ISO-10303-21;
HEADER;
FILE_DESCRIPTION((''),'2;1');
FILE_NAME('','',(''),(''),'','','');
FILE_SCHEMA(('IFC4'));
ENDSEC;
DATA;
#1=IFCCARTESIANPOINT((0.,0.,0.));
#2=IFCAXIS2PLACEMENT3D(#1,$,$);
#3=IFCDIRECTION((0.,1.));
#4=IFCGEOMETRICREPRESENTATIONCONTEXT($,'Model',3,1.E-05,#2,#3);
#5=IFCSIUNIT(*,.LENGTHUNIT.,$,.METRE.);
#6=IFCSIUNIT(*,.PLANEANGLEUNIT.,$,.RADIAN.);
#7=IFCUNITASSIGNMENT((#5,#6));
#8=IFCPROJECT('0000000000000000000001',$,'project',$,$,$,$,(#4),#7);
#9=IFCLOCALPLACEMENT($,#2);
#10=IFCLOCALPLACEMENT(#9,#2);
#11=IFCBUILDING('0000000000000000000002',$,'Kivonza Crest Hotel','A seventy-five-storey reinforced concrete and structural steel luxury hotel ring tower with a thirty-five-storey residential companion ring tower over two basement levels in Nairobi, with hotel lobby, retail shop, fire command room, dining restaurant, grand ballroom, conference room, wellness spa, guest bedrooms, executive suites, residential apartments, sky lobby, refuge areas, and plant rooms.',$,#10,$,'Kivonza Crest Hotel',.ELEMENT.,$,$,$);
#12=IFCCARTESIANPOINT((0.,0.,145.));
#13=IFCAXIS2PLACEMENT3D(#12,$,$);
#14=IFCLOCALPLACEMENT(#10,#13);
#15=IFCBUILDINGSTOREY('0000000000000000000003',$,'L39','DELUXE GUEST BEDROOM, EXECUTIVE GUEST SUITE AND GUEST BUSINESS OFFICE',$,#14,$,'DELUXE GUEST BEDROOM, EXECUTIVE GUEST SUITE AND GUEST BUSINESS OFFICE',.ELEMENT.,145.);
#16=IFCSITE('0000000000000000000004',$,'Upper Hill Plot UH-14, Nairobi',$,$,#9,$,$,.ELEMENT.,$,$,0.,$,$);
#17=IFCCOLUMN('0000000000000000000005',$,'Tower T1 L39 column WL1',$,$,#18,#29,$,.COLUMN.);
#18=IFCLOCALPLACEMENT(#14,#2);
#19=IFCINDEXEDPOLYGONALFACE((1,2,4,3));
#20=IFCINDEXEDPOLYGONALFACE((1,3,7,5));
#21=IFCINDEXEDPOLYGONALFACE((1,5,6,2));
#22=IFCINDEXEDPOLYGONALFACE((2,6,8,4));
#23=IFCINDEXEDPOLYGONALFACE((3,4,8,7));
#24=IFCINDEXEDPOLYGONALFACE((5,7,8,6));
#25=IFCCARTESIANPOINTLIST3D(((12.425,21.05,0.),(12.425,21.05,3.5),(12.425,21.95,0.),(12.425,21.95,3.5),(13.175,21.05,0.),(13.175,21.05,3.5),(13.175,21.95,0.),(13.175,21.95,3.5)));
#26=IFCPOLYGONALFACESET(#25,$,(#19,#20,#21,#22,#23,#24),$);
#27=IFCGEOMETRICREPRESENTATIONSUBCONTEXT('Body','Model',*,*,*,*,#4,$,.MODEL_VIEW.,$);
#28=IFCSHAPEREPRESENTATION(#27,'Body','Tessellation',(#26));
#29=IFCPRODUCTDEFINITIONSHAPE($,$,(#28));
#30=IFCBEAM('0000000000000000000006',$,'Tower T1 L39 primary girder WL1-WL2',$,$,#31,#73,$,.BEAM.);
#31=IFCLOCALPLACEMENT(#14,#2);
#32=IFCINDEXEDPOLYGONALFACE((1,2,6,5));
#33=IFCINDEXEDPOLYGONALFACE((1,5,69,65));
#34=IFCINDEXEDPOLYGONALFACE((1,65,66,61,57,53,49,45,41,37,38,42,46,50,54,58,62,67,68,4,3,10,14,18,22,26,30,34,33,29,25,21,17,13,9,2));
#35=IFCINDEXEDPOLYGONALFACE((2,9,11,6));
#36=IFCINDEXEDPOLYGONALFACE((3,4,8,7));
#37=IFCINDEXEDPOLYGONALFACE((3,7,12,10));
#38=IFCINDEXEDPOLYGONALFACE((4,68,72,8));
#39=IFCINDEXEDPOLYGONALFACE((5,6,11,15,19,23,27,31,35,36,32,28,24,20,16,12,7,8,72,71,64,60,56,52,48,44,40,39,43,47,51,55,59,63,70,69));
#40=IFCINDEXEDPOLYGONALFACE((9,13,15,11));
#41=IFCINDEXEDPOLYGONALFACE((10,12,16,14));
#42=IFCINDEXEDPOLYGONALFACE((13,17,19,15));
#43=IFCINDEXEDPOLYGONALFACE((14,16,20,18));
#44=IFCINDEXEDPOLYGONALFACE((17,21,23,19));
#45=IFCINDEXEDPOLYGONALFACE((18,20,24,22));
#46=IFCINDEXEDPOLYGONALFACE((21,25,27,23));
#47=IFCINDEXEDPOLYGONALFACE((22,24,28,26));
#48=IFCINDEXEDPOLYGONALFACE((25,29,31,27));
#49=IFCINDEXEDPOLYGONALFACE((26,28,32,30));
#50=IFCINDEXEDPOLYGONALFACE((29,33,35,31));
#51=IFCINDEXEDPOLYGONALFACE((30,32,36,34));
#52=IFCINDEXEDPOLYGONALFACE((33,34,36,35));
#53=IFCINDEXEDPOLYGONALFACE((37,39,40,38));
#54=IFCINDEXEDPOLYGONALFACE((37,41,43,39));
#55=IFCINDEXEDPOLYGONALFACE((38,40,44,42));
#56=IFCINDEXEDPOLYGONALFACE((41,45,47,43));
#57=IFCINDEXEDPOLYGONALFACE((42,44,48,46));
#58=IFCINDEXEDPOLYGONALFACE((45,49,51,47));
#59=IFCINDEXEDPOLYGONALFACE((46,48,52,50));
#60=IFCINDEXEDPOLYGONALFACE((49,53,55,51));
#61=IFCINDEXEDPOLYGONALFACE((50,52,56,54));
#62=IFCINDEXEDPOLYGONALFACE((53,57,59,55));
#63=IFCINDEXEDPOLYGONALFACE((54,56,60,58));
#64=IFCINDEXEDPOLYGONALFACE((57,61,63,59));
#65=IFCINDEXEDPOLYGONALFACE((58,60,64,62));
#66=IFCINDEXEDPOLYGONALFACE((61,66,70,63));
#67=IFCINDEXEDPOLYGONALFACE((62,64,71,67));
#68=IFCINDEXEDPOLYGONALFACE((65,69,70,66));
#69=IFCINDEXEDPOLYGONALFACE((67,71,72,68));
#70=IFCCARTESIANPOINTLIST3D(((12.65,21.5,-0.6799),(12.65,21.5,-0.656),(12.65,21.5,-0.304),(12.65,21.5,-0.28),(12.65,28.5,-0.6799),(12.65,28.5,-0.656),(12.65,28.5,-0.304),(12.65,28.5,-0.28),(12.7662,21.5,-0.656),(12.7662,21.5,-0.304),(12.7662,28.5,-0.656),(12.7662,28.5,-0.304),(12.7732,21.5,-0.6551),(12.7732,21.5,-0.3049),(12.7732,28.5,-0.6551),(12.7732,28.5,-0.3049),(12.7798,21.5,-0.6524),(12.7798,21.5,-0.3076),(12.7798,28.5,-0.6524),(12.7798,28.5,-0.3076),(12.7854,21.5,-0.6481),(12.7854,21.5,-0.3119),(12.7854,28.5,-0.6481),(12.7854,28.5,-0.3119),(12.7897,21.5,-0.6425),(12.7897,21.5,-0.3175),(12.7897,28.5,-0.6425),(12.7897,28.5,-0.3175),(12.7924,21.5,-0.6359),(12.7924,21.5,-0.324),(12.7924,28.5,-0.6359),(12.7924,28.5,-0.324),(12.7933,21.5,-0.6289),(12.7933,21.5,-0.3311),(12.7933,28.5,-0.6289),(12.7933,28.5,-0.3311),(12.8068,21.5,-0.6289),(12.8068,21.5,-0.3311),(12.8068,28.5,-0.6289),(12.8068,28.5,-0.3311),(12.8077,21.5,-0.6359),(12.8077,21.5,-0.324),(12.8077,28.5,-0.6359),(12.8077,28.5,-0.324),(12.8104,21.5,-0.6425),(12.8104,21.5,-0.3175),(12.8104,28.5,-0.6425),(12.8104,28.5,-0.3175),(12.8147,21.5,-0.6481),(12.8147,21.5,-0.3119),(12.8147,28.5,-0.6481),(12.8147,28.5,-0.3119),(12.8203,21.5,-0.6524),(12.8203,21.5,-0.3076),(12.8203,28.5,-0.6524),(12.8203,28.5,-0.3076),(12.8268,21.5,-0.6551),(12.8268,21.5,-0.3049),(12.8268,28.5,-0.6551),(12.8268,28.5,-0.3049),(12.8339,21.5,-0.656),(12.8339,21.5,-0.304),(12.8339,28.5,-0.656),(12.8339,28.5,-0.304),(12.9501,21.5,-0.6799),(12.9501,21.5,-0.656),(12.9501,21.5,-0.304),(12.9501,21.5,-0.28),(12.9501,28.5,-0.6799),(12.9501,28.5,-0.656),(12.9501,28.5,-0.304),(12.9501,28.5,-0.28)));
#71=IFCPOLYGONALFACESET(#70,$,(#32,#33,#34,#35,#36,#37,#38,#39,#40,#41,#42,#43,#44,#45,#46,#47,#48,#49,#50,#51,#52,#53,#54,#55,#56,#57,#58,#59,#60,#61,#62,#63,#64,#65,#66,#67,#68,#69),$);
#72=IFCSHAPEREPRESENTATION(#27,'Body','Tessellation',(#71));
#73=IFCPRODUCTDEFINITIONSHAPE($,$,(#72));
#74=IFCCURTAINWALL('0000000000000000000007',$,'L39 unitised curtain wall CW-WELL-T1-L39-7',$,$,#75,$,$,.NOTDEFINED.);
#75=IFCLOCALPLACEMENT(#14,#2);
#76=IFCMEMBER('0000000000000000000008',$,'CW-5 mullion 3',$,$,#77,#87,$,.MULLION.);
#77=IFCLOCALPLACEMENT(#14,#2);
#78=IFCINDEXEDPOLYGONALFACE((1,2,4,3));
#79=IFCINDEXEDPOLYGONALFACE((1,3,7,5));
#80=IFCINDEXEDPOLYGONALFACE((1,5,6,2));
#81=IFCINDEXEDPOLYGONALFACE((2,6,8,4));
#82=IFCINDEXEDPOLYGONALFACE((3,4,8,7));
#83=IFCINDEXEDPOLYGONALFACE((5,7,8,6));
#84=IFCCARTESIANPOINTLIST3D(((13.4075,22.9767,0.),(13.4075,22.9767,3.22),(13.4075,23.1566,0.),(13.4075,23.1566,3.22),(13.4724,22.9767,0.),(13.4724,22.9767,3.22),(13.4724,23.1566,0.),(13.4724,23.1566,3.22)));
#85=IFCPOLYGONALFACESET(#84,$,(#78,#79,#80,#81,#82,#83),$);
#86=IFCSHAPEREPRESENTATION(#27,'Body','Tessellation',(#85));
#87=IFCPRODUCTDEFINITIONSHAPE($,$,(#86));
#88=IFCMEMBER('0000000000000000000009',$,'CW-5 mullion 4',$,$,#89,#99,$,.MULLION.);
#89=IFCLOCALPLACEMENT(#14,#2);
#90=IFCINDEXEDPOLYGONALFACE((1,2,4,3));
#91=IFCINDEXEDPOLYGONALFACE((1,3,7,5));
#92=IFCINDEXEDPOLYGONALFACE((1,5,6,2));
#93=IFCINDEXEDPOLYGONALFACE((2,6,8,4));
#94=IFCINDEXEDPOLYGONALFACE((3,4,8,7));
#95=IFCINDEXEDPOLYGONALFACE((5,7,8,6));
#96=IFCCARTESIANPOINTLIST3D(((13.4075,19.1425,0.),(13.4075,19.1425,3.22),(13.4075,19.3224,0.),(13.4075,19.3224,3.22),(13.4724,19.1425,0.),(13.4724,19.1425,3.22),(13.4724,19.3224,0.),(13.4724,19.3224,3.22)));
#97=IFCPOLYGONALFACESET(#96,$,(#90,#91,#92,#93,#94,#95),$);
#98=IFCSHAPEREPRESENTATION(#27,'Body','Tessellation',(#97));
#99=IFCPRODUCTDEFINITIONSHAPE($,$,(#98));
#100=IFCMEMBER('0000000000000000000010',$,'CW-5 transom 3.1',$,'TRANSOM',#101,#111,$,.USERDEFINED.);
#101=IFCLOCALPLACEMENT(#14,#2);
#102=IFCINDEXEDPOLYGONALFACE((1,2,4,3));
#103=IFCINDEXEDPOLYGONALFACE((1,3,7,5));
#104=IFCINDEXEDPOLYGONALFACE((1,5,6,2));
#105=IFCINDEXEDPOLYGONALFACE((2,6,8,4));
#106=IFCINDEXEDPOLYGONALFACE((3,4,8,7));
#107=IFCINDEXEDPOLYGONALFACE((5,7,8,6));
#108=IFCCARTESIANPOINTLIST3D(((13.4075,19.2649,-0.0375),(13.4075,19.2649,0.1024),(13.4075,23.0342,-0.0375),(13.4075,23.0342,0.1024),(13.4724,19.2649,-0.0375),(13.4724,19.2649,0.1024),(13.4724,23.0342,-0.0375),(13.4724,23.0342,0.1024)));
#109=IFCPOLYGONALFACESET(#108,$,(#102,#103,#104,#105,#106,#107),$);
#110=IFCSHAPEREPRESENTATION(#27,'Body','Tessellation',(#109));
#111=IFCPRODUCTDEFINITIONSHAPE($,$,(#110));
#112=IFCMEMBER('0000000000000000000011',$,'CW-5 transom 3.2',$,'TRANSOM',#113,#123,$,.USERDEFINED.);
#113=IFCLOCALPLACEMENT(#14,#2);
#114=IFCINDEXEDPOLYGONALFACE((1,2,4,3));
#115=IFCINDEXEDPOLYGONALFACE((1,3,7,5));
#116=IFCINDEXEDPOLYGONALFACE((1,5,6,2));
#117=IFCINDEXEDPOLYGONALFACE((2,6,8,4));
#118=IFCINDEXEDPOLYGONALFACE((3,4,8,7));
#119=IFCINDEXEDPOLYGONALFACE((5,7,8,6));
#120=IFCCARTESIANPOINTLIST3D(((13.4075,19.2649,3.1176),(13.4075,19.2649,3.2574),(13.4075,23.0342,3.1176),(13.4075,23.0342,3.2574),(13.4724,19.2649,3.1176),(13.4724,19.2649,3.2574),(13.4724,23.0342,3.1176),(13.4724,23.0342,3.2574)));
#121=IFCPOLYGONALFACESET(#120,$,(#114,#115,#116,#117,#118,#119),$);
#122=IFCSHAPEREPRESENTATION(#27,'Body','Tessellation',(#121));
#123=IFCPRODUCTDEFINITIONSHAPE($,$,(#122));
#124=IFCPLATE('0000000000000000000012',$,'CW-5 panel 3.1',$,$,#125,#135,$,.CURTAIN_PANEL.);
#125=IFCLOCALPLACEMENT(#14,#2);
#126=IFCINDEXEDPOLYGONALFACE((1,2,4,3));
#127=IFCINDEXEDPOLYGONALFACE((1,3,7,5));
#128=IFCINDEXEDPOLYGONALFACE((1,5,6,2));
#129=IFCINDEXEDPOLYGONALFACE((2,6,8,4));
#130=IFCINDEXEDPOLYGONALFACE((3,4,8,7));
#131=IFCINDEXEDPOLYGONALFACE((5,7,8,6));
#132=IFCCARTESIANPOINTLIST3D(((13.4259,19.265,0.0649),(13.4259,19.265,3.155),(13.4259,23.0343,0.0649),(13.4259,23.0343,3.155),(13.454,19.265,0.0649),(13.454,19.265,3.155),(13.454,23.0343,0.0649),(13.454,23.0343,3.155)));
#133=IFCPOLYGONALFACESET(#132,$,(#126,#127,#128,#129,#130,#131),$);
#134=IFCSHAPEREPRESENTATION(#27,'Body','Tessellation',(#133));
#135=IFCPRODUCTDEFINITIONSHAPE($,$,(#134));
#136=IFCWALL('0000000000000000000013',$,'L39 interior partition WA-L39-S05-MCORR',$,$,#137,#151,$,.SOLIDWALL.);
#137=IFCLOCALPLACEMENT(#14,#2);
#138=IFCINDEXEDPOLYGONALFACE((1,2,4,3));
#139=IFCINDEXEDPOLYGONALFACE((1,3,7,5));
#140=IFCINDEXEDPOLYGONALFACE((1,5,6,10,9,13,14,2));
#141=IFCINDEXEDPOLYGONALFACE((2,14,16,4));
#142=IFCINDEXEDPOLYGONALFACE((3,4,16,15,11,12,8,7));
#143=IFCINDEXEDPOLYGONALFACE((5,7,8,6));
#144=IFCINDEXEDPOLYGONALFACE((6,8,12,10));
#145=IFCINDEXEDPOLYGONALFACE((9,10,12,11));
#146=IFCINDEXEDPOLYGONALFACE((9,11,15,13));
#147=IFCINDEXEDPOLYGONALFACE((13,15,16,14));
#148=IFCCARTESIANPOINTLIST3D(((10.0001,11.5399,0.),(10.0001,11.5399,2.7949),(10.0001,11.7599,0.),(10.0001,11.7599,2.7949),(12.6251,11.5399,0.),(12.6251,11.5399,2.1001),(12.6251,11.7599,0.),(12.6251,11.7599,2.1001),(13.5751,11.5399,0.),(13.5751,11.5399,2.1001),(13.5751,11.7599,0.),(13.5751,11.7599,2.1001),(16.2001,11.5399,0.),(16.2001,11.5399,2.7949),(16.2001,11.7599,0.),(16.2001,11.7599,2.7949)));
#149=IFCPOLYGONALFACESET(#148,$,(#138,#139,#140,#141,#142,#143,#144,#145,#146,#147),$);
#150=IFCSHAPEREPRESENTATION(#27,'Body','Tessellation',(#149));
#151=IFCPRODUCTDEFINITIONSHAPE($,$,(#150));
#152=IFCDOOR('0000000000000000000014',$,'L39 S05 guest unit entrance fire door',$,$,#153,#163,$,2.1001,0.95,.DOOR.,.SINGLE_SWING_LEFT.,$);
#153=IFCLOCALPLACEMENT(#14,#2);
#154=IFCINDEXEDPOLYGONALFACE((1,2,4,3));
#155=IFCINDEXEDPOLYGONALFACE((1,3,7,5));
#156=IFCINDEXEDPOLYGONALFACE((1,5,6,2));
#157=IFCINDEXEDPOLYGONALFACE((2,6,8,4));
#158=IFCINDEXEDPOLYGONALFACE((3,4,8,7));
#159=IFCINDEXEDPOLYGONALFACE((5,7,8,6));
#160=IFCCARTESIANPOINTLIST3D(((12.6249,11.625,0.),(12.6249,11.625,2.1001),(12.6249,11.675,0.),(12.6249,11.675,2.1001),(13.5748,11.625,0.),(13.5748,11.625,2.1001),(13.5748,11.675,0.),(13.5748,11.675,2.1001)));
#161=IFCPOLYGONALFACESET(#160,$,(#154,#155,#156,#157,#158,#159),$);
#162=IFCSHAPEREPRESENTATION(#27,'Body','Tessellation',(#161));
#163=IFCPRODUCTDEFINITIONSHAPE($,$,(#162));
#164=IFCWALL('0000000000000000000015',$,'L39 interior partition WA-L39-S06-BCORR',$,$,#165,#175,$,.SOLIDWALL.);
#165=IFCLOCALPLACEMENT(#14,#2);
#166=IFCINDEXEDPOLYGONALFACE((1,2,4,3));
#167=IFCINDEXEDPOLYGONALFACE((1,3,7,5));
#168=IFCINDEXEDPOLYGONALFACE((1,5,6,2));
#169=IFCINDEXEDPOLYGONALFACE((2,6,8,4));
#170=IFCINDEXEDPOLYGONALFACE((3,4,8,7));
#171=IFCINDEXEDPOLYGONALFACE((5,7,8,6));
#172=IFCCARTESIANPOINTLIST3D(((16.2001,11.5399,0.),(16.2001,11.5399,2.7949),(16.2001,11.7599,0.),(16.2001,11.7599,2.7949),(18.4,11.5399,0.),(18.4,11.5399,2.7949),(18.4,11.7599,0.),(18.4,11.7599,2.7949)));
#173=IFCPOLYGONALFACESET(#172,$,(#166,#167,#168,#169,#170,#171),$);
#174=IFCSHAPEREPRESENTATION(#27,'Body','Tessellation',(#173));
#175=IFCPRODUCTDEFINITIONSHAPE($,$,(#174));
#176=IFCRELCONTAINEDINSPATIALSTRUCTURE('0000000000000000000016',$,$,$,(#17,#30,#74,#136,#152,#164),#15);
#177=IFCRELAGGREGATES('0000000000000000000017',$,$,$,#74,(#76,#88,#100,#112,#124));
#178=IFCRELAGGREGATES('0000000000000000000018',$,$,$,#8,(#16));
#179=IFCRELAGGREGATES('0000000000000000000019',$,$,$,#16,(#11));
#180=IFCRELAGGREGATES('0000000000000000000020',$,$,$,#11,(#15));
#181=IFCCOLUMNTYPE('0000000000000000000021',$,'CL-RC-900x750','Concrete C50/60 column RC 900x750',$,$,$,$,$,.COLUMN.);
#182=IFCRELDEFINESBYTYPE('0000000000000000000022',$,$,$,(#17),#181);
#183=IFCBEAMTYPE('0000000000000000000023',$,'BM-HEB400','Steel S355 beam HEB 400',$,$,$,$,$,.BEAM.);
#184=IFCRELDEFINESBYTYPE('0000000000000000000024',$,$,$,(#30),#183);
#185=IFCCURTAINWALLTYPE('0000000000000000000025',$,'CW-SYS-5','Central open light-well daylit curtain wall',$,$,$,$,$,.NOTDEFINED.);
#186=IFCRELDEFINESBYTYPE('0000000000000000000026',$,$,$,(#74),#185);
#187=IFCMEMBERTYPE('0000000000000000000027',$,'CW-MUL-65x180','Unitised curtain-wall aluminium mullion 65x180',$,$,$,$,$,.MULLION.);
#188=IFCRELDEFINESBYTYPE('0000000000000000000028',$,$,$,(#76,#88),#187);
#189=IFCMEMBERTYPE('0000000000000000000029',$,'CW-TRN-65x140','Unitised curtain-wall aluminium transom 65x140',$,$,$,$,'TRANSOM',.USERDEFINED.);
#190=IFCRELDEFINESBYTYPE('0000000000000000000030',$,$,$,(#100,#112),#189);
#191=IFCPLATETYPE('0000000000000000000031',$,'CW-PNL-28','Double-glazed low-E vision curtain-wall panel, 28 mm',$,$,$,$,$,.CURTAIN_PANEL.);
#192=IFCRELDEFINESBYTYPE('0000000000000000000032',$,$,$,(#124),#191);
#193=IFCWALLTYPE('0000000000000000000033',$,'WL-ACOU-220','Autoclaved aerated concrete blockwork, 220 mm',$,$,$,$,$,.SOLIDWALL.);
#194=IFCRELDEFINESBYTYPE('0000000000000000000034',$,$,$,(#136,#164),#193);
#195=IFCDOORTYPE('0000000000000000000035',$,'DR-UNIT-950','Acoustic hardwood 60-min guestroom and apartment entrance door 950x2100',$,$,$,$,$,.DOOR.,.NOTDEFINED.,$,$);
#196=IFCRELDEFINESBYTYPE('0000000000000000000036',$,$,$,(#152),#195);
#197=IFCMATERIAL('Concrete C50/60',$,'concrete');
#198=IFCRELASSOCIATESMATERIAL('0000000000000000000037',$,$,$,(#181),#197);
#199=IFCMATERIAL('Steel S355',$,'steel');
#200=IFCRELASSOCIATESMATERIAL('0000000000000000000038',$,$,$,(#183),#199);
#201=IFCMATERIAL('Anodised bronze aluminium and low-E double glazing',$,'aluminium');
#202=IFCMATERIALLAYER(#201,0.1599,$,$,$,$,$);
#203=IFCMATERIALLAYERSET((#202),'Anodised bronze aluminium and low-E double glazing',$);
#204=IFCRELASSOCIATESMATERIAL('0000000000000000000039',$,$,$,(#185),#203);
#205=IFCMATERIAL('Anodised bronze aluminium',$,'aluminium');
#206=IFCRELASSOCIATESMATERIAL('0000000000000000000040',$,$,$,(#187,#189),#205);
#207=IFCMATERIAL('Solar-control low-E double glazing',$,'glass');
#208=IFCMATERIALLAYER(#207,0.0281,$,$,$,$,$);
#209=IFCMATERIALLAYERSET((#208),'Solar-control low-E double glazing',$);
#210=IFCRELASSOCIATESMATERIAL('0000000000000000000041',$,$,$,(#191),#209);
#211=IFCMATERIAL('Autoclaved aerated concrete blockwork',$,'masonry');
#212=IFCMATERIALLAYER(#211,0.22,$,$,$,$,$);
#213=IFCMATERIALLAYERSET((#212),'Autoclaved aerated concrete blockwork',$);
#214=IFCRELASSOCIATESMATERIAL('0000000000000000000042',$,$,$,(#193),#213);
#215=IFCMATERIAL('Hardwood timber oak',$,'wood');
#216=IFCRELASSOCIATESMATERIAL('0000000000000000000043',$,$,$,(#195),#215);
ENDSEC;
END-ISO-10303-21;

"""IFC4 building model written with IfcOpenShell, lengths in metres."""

from ifc_helpers import new_model, si_unit, direction, frame, frame_2d, origin, origin_2d, place, context, subcontext, project, spatial, rectangle, i_section, extrude, material, layer, layer_set, material_profile, profile_set, type_object, element, fill, aggregate, save


model = new_model("IFC4")

# Units and contexts
model_context = context("Model", 3, precision=1e-05, world=origin(), true_north=direction((0.0, 1.0)))
body_context = subcontext(model_context, "Body", "Model", "MODEL_VIEW")
ifc_project = project(units=[si_unit("LENGTHUNIT", "METRE"), si_unit("PLANEANGLEUNIT", "RADIAN")], contexts=[model_context])

# Site, building, storey
site_placement = place(None, origin())
site = spatial("IfcSite", under=ifc_project, at=site_placement, Name="Upper Hill Plot UH-14, Nairobi", CompositionType="ELEMENT", RefElevation=0.0)
building_placement = place(site_placement, origin())
building = spatial("IfcBuilding", under=site, at=building_placement, Name="Kivonza Crest Hotel", Description="A seventy-five-storey reinforced concrete and structural steel luxury hotel ring tower with a thirty-five-storey residential companion ring tower over two basement levels in Nairobi, with hotel lobby, retail shop, fire command room, dining restaurant, grand ballroom, conference room, wellness spa, guest bedrooms, executive suites, residential apartments, sky lobby, refuge areas, and plant rooms.", LongName="Kivonza Crest Hotel", CompositionType="ELEMENT")
storey_placement = place(building_placement, frame((0.0, 0.0, 145.0)))
storey = spatial("IfcBuildingStorey", under=building, at=storey_placement, Name="L39", Description="DELUXE GUEST BEDROOM, EXECUTIVE GUEST SUITE AND GUEST BUSINESS OFFICE", LongName="DELUXE GUEST BEDROOM, EXECUTIVE GUEST SUITE AND GUEST BUSINESS OFFICE", CompositionType="ELEMENT", Elevation=145.0)

# Column
ifc_material_1 = material(Name="Concrete C50/60", Category="concrete")
ifc_material_profile_1 = material_profile(ifc_material_1, rectangle(XDim=0.75, YDim=0.8999, at=origin_2d()), Name="RC 900x750")
ifc_profile_set_1 = profile_set([ifc_material_profile_1], Name="Concrete C50/60")
column_type = type_object("IfcColumnType", Name="CL-RC-900x750", Description="Concrete C50/60 column RC 900x750", PredefinedType="COLUMN", material=ifc_profile_set_1)
column_placement = place(storey_placement, frame((12.8, 21.5, 0.0), z_axis=(0.0, 0.0, 1.0), x_axis=(1.0, 0.0, 0.0)))
element("IfcColumn", 1, at=column_placement, inside=storey, type_object=column_type, Name="Tower T1 L39 column WL1", PredefinedType="COLUMN", context=body_context, shape_type="SweptSolid", body=[
    extrude(rectangle(XDim=0.75, YDim=0.8999, at=origin_2d()), origin(), (0.0, 0.0, 1.0), 3.5),
])

# Beam
ifc_material_2 = material(Name="Steel S355", Category="steel")
ifc_material_profile_2 = material_profile(ifc_material_2, i_section(OverallWidth=0.3, OverallDepth=0.3999, WebThickness=0.0134, FlangeThickness=0.0239, FilletRadius=0.0271, at=origin_2d()), Name="HEB 400")
ifc_profile_set_2 = profile_set([ifc_material_profile_2], Name="Steel S355")
beam_type = type_object("IfcBeamType", Name="BM-HEB400", Description="Steel S355 beam HEB 400", PredefinedType="BEAM", material=ifc_profile_set_2)
beam_placement = place(storey_placement, frame((12.8, 21.5, -0.48), z_axis=(0.0, 1.0, 0.0), x_axis=(-1.0, 0.0, 0.0)))
element("IfcBeam", 2, at=beam_placement, inside=storey, type_object=beam_type, Name="Tower T1 L39 primary girder WL1-WL2", PredefinedType="BEAM", context=body_context, shape_type="SweptSolid", body=[
    extrude(i_section(OverallWidth=0.3, OverallDepth=0.3999, WebThickness=0.0134, FlangeThickness=0.0239, FilletRadius=0.0271, at=origin_2d()), origin(), (0.0, 0.0, 1.0), 7.0),
])

# Curtain wall, members, plate
ifc_material_3 = material(Name="Anodised bronze aluminium and low-E double glazing", Category="aluminium")
ifc_layer_1 = layer(ifc_material_3, 0.1599)
ifc_layer_set_1 = layer_set([ifc_layer_1], Name="Anodised bronze aluminium and low-E double glazing")
curtain_wall_type = type_object("IfcCurtainWallType", Name="CW-SYS-5", Description="Central open light-well daylit curtain wall", PredefinedType="NOTDEFINED", material=ifc_layer_set_1)
curtain_wall_placement = place(storey_placement, origin())
curtain_wall = element("IfcCurtainWall", 3, at=curtain_wall_placement, inside=storey, type_object=curtain_wall_type, Name="L39 unitised curtain wall CW-WELL-T1-L39-7", PredefinedType="NOTDEFINED")
ifc_material_4 = material(Name="Anodised bronze aluminium", Category="aluminium")
ifc_material_profile_3 = material_profile(ifc_material_4, rectangle(XDim=0.0649, YDim=0.1799, at=origin_2d()), Name="CW-M 65x180")
ifc_profile_set_3 = profile_set([ifc_material_profile_3], Name="Anodised bronze aluminium")
member_type_1 = type_object("IfcMemberType", Name="CW-MUL-65x180", Description="Unitised curtain-wall aluminium mullion 65x180", PredefinedType="MULLION", material=ifc_profile_set_3)
member_1_placement = place(storey_placement, frame((13.4399, 23.0667, 0.0), z_axis=(0.0, 0.0, 1.0), x_axis=(1.0, 0.0, 0.0)))
member_1 = element("IfcMember", 4, at=member_1_placement, type_object=member_type_1, Name="CW-5 mullion 3", PredefinedType="MULLION", context=body_context, shape_type="SweptSolid", body=[
    extrude(rectangle(XDim=0.0649, YDim=0.1799, at=origin_2d()), origin(), (0.0, 0.0, 1.0), 3.22),
])
member_2_placement = place(storey_placement, frame((13.4399, 19.2324, 0.0), z_axis=(0.0, 0.0, 1.0), x_axis=(1.0, 0.0, 0.0)))
member_2 = element("IfcMember", 5, at=member_2_placement, type_object=member_type_1, Name="CW-5 mullion 4", PredefinedType="MULLION", context=body_context, shape_type="SweptSolid", body=[
    extrude(rectangle(XDim=0.0649, YDim=0.1799, at=origin_2d()), origin(), (0.0, 0.0, 1.0), 3.22),
])
ifc_material_profile_4 = material_profile(ifc_material_4, rectangle(XDim=0.0649, YDim=0.1399, at=origin_2d()), Name="CW-T 65x140")
ifc_profile_set_4 = profile_set([ifc_material_profile_4], Name="Anodised bronze aluminium")
member_type_2 = type_object("IfcMemberType", Name="CW-TRN-65x140", Description="Unitised curtain-wall aluminium transom 65x140", ElementType="TRANSOM", PredefinedType="USERDEFINED", material=ifc_profile_set_4)
member_3_placement = place(storey_placement, frame((13.4399, 23.0342, 0.0325), z_axis=(0.0, -1.0, 0.0), x_axis=(1.0, 0.0, 0.0)))
member_3 = element("IfcMember", 6, at=member_3_placement, type_object=member_type_2, Name="CW-5 transom 3.1", ObjectType="TRANSOM", PredefinedType="USERDEFINED", context=body_context, shape_type="SweptSolid", body=[
    extrude(rectangle(XDim=0.0649, YDim=0.1399, at=origin_2d()), origin(), (0.0, 0.0, 1.0), 3.7693),
])
member_4_placement = place(storey_placement, frame((13.4399, 23.0342, 3.1875), z_axis=(0.0, -1.0, 0.0), x_axis=(1.0, 0.0, 0.0)))
member_4 = element("IfcMember", 7, at=member_4_placement, type_object=member_type_2, Name="CW-5 transom 3.2", ObjectType="TRANSOM", PredefinedType="USERDEFINED", context=body_context, shape_type="SweptSolid", body=[
    extrude(rectangle(XDim=0.0649, YDim=0.1399, at=origin_2d()), origin(), (0.0, 0.0, 1.0), 3.7693),
])
ifc_material_5 = material(Name="Solar-control low-E double glazing", Category="glass")
ifc_layer_2 = layer(ifc_material_5, 0.0281)
ifc_layer_set_2 = layer_set([ifc_layer_2], Name="Solar-control low-E double glazing")
plate_type = type_object("IfcPlateType", Name="CW-PNL-28", Description="Double-glazed low-E vision curtain-wall panel, 28 mm", PredefinedType="CURTAIN_PANEL", material=ifc_layer_set_2)
plate_placement = place(storey_placement, frame((13.4399, 21.1497, 0.0649), z_axis=(0.0, 0.0, 1.0), x_axis=(0.0, -1.0, 0.0)))
plate = element("IfcPlate", 8, at=plate_placement, type_object=plate_type, Name="CW-5 panel 3.1", PredefinedType="CURTAIN_PANEL", context=body_context, shape_type="SweptSolid", body=[
    extrude(rectangle(XDim=3.7693, YDim=0.0281, at=origin_2d()), origin(), (0.0, 0.0, 1.0), 3.0901),
])
aggregate(curtain_wall, [member_1, member_2, member_3, member_4, plate])

# Wall, opening, door
ifc_material_6 = material(Name="Autoclaved aerated concrete blockwork", Category="masonry")
ifc_layer_3 = layer(ifc_material_6, 0.22)
ifc_layer_set_3 = layer_set([ifc_layer_3], Name="Autoclaved aerated concrete blockwork")
wall_type_1 = type_object("IfcWallType", Name="WL-ACOU-220", Description="Autoclaved aerated concrete blockwork, 220 mm", PredefinedType="SOLIDWALL", material=ifc_layer_set_3)
wall_1_placement = place(storey_placement, frame((10.0, 11.6499, 0.0), z_axis=(0.0, 0.0, 1.0), x_axis=(1.0, 0.0, 0.0)))
wall_1 = element("IfcWall", 9, at=wall_1_placement, inside=storey, type_object=wall_type_1, Name="L39 interior partition WA-L39-S05-MCORR", PredefinedType="SOLIDWALL", context=body_context, shape_type="SweptSolid", body=[
    extrude(rectangle(XDim=6.2, YDim=0.22, at=frame_2d((3.1001, 0.0))), origin(), (0.0, 0.0, 1.0), 2.7949),
])
opening_1_placement = place(wall_1_placement, frame((2.625, 0.0, 0.0)))
opening_1 = element("IfcOpeningElement", 10, at=opening_1_placement, cuts=wall_1, PredefinedType="OPENING", context=body_context, shape_type="SweptSolid", body=[
    extrude(rectangle(XDim=0.95, YDim=2.1001, at=frame_2d((0.4751, 1.05))), frame((0.0, 0.1201, 0.0), z_axis=(0.0, -1.0, 0.0), x_axis=(1.0, 0.0, 0.0)), (0.0, 0.0, 1.0), 0.24),
])
ifc_material_7 = material(Name="Hardwood timber oak", Category="wood")
door_type_1 = type_object("IfcDoorType", Name="DR-UNIT-950", Description="Acoustic hardwood 60-min guestroom and apartment entrance door 950x2100", OperationType="NOTDEFINED", PredefinedType="DOOR", material=ifc_material_7)
door_1_placement = place(opening_1_placement, frame((0.95, 0.0, 0.0), z_axis=(0.0, 0.0, 1.0), x_axis=(-1.0, 0.0, 0.0)))
door_1 = element("IfcDoor", 11, at=door_1_placement, inside=storey, type_object=door_type_1, Name="L39 S05 guest unit entrance fire door", OperationType="SINGLE_SWING_LEFT", OverallHeight=2.1001, OverallWidth=0.95, PredefinedType="DOOR", context=body_context, shape_type="SweptSolid", body=[
    extrude(rectangle(XDim=0.95, YDim=2.1001, at=frame_2d((0.4751, 1.05))), frame((0.0, 0.0249, 0.0), z_axis=(0.0, -1.0, 0.0), x_axis=(1.0, 0.0, 0.0)), (0.0, 0.0, 1.0), 0.05),
])
fill(opening_1, door_1)

# Wall
wall_2_placement = place(storey_placement, frame((16.2, 11.6499, 0.0), z_axis=(0.0, 0.0, 1.0), x_axis=(1.0, 0.0, 0.0)))
element("IfcWall", 12, at=wall_2_placement, inside=storey, type_object=wall_type_1, Name="L39 interior partition WA-L39-S06-BCORR", PredefinedType="SOLIDWALL", context=body_context, shape_type="SweptSolid", body=[
    extrude(rectangle(XDim=2.2, YDim=0.22, at=frame_2d((1.1001, 0.0))), origin(), (0.0, 0.0, 1.0), 2.7949),
])

save(model, "model.ifc")
